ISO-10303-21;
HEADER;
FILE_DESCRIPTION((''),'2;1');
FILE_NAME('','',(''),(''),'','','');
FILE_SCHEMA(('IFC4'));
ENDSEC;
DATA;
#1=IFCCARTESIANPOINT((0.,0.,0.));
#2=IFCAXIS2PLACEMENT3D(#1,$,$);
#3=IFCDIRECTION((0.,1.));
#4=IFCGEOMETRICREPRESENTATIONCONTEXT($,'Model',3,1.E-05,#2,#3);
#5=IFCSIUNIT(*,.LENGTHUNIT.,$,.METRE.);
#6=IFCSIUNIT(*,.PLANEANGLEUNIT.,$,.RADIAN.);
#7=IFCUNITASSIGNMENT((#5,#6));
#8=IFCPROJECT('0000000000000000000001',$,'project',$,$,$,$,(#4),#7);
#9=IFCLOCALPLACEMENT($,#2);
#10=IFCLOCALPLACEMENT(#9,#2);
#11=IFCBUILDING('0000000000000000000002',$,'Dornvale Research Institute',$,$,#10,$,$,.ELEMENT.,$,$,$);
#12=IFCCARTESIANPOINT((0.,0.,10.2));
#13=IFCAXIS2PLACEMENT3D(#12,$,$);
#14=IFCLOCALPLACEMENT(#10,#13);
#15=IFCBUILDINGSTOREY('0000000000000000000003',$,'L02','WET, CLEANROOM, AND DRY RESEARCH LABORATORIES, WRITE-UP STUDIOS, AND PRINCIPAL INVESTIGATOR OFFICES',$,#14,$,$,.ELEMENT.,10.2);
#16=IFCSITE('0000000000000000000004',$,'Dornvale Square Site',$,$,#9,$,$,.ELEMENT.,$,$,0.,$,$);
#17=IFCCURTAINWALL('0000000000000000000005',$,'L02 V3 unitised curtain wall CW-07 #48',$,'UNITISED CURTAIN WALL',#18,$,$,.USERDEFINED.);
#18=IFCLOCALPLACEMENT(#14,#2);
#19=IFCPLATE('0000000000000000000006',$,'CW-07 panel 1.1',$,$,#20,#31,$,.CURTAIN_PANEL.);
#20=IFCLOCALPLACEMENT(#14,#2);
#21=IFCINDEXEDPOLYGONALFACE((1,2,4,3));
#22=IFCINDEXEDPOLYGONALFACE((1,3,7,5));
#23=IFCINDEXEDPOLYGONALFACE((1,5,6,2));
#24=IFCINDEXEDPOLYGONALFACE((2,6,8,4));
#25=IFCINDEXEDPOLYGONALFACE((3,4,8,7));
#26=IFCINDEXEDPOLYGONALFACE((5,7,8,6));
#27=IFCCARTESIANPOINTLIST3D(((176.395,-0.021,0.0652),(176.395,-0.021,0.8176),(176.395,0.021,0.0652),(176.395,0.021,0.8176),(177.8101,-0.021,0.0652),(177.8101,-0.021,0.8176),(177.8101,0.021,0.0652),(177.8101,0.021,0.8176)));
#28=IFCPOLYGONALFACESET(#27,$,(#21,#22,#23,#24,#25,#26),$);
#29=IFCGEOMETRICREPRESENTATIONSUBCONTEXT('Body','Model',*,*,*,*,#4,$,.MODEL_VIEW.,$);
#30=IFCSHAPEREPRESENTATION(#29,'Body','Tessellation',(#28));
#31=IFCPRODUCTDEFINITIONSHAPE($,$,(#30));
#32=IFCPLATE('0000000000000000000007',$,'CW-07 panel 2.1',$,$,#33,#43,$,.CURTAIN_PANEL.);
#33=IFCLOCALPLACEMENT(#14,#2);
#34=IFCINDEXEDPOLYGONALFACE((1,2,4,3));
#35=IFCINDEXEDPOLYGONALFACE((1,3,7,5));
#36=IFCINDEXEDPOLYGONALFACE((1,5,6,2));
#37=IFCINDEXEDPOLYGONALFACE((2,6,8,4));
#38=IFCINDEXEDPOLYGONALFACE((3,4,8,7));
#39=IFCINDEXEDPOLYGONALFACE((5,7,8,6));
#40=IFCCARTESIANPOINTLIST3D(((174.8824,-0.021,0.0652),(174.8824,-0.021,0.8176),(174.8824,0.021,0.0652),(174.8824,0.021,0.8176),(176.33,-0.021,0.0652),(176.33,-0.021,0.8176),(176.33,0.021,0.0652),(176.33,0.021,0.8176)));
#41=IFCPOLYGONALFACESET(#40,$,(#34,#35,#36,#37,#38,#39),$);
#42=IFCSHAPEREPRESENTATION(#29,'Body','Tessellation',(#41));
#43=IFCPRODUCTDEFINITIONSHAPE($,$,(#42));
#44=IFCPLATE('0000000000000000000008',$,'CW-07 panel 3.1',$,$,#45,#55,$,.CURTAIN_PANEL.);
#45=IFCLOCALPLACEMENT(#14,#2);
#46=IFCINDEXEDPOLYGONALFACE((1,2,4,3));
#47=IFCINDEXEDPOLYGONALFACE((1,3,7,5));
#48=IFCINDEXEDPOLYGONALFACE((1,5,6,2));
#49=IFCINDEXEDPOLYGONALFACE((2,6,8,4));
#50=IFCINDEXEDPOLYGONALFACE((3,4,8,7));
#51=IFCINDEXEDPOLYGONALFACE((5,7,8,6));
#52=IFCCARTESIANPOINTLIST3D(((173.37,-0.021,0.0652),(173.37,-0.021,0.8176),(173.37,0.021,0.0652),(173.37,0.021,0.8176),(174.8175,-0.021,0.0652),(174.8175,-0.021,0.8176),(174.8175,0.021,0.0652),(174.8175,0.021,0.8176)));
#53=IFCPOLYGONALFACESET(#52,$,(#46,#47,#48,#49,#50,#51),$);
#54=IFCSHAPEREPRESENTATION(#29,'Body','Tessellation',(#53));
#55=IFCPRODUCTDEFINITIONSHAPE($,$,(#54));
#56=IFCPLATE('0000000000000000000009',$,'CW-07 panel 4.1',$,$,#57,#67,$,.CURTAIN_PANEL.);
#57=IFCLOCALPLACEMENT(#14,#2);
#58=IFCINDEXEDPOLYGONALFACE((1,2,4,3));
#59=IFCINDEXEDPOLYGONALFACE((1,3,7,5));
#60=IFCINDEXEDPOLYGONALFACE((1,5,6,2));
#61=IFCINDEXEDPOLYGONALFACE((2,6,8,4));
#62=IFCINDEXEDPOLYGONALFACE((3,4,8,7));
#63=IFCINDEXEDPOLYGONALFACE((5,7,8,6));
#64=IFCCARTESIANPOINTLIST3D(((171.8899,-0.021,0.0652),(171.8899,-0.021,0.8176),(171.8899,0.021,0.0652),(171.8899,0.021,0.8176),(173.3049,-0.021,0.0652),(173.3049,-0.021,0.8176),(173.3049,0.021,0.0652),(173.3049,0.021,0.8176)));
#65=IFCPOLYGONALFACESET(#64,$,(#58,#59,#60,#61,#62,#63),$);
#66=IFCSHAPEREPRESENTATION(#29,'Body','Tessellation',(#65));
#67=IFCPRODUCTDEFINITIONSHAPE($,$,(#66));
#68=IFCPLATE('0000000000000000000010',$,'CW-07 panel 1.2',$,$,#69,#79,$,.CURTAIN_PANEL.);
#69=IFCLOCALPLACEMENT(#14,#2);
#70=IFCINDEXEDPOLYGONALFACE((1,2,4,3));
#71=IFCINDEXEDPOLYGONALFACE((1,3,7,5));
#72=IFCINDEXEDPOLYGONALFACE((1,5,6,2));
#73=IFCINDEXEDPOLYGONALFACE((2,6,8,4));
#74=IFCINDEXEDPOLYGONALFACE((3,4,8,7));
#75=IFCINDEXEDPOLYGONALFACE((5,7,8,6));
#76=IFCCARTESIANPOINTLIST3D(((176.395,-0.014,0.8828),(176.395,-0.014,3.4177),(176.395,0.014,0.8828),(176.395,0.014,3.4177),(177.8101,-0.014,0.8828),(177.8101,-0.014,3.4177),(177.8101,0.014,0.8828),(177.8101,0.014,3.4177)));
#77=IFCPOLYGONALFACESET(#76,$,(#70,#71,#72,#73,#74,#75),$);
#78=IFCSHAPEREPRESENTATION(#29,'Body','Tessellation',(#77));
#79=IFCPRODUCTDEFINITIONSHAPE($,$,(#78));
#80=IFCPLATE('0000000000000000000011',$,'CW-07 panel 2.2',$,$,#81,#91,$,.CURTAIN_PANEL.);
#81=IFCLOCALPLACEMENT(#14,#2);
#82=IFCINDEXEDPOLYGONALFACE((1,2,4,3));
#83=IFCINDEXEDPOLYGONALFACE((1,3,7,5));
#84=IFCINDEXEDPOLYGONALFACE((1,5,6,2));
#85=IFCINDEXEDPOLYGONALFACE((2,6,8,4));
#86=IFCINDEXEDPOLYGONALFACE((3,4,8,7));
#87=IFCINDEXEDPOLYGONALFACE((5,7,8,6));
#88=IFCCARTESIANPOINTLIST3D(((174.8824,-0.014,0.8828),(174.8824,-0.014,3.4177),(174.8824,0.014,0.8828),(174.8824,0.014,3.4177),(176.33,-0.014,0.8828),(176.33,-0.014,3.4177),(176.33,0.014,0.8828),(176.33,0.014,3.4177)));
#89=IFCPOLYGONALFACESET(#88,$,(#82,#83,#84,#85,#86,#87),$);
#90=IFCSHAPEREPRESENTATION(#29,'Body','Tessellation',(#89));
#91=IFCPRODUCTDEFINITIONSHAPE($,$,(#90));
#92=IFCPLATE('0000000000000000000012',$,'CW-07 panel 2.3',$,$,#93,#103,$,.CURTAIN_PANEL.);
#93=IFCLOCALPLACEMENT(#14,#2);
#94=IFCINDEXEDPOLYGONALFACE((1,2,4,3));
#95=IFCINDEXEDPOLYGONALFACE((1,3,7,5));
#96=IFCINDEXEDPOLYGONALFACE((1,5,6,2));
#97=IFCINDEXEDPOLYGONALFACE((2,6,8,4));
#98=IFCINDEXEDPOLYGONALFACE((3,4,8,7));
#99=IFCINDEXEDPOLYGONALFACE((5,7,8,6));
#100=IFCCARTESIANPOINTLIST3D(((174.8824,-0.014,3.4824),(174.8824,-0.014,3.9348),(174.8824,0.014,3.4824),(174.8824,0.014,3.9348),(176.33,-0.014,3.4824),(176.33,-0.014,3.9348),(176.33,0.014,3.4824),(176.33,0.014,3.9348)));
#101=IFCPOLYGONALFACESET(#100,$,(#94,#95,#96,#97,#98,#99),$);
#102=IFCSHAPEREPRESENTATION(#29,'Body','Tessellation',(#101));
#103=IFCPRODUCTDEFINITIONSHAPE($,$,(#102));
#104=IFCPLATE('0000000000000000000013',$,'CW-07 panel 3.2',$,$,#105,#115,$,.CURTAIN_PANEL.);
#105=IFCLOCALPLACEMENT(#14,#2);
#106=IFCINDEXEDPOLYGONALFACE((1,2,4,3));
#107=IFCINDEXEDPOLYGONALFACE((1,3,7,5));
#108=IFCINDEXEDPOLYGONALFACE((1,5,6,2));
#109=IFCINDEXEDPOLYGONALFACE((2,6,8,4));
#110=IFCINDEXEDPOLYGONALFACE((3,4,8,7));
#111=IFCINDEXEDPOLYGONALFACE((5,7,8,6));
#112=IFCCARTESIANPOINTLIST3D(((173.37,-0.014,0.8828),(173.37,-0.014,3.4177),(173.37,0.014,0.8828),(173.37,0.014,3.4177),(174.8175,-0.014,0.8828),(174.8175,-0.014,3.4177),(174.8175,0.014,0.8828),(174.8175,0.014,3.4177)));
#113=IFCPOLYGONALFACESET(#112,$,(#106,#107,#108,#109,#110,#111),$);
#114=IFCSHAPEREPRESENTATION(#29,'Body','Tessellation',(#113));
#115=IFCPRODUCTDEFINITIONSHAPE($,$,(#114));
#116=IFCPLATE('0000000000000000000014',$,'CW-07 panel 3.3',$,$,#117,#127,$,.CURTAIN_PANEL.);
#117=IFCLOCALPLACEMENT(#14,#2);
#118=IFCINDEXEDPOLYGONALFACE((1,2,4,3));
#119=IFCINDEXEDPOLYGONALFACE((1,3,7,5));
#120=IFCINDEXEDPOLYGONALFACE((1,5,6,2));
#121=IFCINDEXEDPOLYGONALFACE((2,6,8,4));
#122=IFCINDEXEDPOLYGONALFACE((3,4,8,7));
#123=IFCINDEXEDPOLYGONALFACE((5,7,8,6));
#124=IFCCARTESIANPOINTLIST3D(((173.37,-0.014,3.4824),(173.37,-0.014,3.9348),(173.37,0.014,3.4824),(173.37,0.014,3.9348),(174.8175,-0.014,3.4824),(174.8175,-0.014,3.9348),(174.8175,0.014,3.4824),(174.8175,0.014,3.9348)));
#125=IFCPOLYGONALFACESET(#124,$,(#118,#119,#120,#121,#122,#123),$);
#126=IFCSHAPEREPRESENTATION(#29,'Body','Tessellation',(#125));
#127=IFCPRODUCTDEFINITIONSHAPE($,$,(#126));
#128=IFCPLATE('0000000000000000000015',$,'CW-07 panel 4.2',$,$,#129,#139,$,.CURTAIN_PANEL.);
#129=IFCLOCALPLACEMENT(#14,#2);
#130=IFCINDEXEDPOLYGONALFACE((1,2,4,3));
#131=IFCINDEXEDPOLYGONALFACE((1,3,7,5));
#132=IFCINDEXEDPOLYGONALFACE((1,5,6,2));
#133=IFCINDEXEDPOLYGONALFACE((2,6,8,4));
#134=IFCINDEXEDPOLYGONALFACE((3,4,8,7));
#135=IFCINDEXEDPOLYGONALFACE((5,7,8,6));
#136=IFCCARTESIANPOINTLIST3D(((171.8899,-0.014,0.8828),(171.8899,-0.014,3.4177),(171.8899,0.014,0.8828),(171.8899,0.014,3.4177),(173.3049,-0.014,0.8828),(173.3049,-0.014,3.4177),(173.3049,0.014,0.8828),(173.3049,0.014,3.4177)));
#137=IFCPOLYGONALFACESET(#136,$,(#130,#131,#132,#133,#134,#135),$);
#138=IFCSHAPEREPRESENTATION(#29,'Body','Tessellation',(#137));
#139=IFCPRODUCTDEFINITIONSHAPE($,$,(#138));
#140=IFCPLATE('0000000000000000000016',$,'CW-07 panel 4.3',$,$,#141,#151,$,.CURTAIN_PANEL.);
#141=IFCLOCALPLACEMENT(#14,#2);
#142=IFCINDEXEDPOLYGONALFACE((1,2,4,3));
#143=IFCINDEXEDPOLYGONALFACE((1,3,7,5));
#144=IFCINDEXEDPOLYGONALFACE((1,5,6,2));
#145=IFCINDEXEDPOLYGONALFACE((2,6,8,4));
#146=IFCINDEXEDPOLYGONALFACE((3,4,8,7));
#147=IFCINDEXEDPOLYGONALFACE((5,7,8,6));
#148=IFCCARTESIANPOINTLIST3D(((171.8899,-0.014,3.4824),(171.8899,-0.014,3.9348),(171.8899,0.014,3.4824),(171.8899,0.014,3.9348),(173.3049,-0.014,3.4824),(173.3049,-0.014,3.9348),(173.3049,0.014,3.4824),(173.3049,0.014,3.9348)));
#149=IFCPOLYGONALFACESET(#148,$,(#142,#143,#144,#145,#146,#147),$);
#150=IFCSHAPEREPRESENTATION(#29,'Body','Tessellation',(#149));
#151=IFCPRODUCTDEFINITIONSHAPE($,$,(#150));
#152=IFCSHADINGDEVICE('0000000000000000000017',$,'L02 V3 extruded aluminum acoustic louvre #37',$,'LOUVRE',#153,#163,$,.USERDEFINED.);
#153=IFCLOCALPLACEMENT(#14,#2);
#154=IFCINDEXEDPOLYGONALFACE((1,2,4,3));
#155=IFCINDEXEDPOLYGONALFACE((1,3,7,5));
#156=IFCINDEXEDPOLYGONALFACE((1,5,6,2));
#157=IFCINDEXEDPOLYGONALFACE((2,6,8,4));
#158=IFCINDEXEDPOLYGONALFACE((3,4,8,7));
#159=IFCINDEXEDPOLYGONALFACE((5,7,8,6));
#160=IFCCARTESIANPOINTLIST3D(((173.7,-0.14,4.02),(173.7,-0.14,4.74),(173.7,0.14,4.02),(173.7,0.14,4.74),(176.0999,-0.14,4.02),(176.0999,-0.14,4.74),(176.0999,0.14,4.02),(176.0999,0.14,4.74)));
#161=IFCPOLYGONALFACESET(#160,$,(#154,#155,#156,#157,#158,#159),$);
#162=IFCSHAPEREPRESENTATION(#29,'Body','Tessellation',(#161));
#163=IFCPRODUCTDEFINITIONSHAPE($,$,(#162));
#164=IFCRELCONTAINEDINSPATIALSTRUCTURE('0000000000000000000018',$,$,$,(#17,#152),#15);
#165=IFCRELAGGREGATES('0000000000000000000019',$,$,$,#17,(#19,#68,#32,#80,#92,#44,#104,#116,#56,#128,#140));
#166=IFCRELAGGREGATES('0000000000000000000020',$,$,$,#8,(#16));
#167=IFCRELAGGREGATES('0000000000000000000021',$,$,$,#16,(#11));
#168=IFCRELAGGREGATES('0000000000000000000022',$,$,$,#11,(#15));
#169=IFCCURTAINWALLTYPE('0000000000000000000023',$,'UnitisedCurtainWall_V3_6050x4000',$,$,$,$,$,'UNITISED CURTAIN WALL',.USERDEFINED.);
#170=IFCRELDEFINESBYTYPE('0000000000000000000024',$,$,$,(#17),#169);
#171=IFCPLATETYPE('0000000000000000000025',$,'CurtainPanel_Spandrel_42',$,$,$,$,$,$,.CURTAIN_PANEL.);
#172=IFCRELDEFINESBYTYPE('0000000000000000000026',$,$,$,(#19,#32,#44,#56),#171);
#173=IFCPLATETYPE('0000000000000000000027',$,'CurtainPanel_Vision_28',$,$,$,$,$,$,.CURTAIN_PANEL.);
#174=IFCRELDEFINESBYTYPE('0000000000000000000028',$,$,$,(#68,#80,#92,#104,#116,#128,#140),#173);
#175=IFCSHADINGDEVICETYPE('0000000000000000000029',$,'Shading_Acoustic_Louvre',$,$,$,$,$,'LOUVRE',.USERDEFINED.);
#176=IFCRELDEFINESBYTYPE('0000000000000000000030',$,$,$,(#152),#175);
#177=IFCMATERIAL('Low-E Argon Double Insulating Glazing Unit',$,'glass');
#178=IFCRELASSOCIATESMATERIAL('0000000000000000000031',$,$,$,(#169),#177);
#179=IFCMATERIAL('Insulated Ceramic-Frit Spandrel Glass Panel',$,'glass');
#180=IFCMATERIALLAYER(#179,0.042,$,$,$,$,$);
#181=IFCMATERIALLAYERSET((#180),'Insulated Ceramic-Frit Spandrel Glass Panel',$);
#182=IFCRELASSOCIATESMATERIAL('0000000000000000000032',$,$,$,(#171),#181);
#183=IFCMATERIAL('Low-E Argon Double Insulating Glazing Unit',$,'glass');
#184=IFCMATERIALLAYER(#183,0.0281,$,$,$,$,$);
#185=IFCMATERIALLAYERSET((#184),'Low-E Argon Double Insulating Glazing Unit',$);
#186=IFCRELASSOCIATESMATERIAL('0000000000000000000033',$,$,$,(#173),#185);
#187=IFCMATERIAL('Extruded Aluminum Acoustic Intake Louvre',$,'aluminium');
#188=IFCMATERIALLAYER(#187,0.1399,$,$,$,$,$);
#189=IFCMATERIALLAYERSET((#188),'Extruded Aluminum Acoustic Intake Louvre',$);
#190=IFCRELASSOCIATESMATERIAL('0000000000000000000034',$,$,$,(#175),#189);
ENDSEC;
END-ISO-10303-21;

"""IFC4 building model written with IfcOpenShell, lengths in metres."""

from ifc_helpers import new_model, si_unit, direction, frame, origin, origin_2d, place, context, subcontext, project, spatial, rectangle, extrude, material, layer, layer_set, type_object, element, aggregate, save


model = new_model("IFC4")

# Units and contexts
model_context = context("Model", 3, precision=1e-05, world=origin(), true_north=direction((0.0, 1.0)))
body_context = subcontext(model_context, "Body", "Model", "MODEL_VIEW")
ifc_project = project(units=[si_unit("LENGTHUNIT", "METRE"), si_unit("PLANEANGLEUNIT", "RADIAN")], contexts=[model_context])

# Site, building, storey
site_placement = place(None, origin())
site = spatial("IfcSite", under=ifc_project, at=site_placement, Name="Dornvale Square Site", CompositionType="ELEMENT", RefElevation=0.0)
building_placement = place(site_placement, origin())
building = spatial("IfcBuilding", under=site, at=building_placement, Name="Dornvale Research Institute", CompositionType="ELEMENT")
storey_placement = place(building_placement, frame((0.0, 0.0, 10.2)))
storey = spatial("IfcBuildingStorey", under=building, at=storey_placement, Name="L02", Description="WET, CLEANROOM, AND DRY RESEARCH LABORATORIES, WRITE-UP STUDIOS, AND PRINCIPAL INVESTIGATOR OFFICES", CompositionType="ELEMENT", Elevation=10.2)

# Curtain wall, plates
ifc_material_1 = material(Name="Low-E Argon Double Insulating Glazing Unit", Category="glass")
curtain_wall_type = type_object("IfcCurtainWallType", Name="UnitisedCurtainWall_V3_6050x4000", ElementType="UNITISED CURTAIN WALL", PredefinedType="USERDEFINED", material=ifc_material_1)
curtain_wall_placement = place(storey_placement, origin())
curtain_wall = element("IfcCurtainWall", 1, at=curtain_wall_placement, inside=storey, type_object=curtain_wall_type, Name="L02 V3 unitised curtain wall CW-07 #48", ObjectType="UNITISED CURTAIN WALL", PredefinedType="USERDEFINED")
ifc_material_2 = material(Name="Insulated Ceramic-Frit Spandrel Glass Panel", Category="glass")
ifc_layer_1 = layer(ifc_material_2, 0.042)
ifc_layer_set_1 = layer_set([ifc_layer_1], Name="Insulated Ceramic-Frit Spandrel Glass Panel")
plate_type_1 = type_object("IfcPlateType", Name="CurtainPanel_Spandrel_42", PredefinedType="CURTAIN_PANEL", material=ifc_layer_set_1)
plate_1_placement = place(storey_placement, frame((177.1025, 0.0, 0.0652), z_axis=(0.0, 0.0, 1.0), x_axis=(-1.0, 0.0, 0.0)))
plate_1 = element("IfcPlate", 2, at=plate_1_placement, type_object=plate_type_1, Name="CW-07 panel 1.1", PredefinedType="CURTAIN_PANEL", context=body_context, shape_type="SweptSolid", body=[
    extrude(rectangle(XDim=1.415, YDim=0.042, at=origin_2d()), origin(), (0.0, 0.0, 1.0), 0.7524),
])
plate_2_placement = place(storey_placement, frame((175.6062, 0.0, 0.0652), z_axis=(0.0, 0.0, 1.0), x_axis=(-1.0, 0.0, 0.0)))
plate_2 = element("IfcPlate", 3, at=plate_2_placement, type_object=plate_type_1, Name="CW-07 panel 2.1", PredefinedType="CURTAIN_PANEL", context=body_context, shape_type="SweptSolid", body=[
    extrude(rectangle(XDim=1.4475, YDim=0.042, at=origin_2d()), origin(), (0.0, 0.0, 1.0), 0.7524),
])
plate_3_placement = place(storey_placement, frame((174.0938, 0.0, 0.0652), z_axis=(0.0, 0.0, 1.0), x_axis=(-1.0, 0.0, 0.0)))
plate_3 = element("IfcPlate", 4, at=plate_3_placement, type_object=plate_type_1, Name="CW-07 panel 3.1", PredefinedType="CURTAIN_PANEL", context=body_context, shape_type="SweptSolid", body=[
    extrude(rectangle(XDim=1.4475, YDim=0.042, at=origin_2d()), origin(), (0.0, 0.0, 1.0), 0.7524),
])
plate_4_placement = place(storey_placement, frame((172.5974, 0.0, 0.0652), z_axis=(0.0, 0.0, 1.0), x_axis=(-1.0, 0.0, 0.0)))
plate_4 = element("IfcPlate", 5, at=plate_4_placement, type_object=plate_type_1, Name="CW-07 panel 4.1", PredefinedType="CURTAIN_PANEL", context=body_context, shape_type="SweptSolid", body=[
    extrude(rectangle(XDim=1.415, YDim=0.042, at=origin_2d()), origin(), (0.0, 0.0, 1.0), 0.7524),
])
ifc_material_3 = material(Name="Low-E Argon Double Insulating Glazing Unit", Category="glass")
ifc_layer_2 = layer(ifc_material_3, 0.0281)
ifc_layer_set_2 = layer_set([ifc_layer_2], Name="Low-E Argon Double Insulating Glazing Unit")
plate_type_2 = type_object("IfcPlateType", Name="CurtainPanel_Vision_28", PredefinedType="CURTAIN_PANEL", material=ifc_layer_set_2)
plate_5_placement = place(storey_placement, frame((177.1025, 0.0, 0.8828), z_axis=(0.0, 0.0, 1.0), x_axis=(-1.0, 0.0, 0.0)))
plate_5 = element("IfcPlate", 6, at=plate_5_placement, type_object=plate_type_2, Name="CW-07 panel 1.2", PredefinedType="CURTAIN_PANEL", context=body_context, shape_type="SweptSolid", body=[
    extrude(rectangle(XDim=1.415, YDim=0.0281, at=origin_2d()), origin(), (0.0, 0.0, 1.0), 2.5349),
])
plate_6_placement = place(storey_placement, frame((175.6062, 0.0, 0.8828), z_axis=(0.0, 0.0, 1.0), x_axis=(-1.0, 0.0, 0.0)))
plate_6 = element("IfcPlate", 7, at=plate_6_placement, type_object=plate_type_2, Name="CW-07 panel 2.2", PredefinedType="CURTAIN_PANEL", context=body_context, shape_type="SweptSolid", body=[
    extrude(rectangle(XDim=1.4475, YDim=0.0281, at=origin_2d()), origin(), (0.0, 0.0, 1.0), 2.5349),
])
plate_7_placement = place(storey_placement, frame((175.6062, 0.0, 3.4824), z_axis=(0.0, 0.0, 1.0), x_axis=(-1.0, 0.0, 0.0)))
plate_7 = element("IfcPlate", 8, at=plate_7_placement, type_object=plate_type_2, Name="CW-07 panel 2.3", PredefinedType="CURTAIN_PANEL", context=body_context, shape_type="SweptSolid", body=[
    extrude(rectangle(XDim=1.4475, YDim=0.0281, at=origin_2d()), origin(), (0.0, 0.0, 1.0), 0.4524),
])
plate_8_placement = place(storey_placement, frame((174.0938, 0.0, 0.8828), z_axis=(0.0, 0.0, 1.0), x_axis=(-1.0, 0.0, 0.0)))
plate_8 = element("IfcPlate", 9, at=plate_8_placement, type_object=plate_type_2, Name="CW-07 panel 3.2", PredefinedType="CURTAIN_PANEL", context=body_context, shape_type="SweptSolid", body=[
    extrude(rectangle(XDim=1.4475, YDim=0.0281, at=origin_2d()), origin(), (0.0, 0.0, 1.0), 2.5349),
])
plate_9_placement = place(storey_placement, frame((174.0938, 0.0, 3.4824), z_axis=(0.0, 0.0, 1.0), x_axis=(-1.0, 0.0, 0.0)))
plate_9 = element("IfcPlate", 10, at=plate_9_placement, type_object=plate_type_2, Name="CW-07 panel 3.3", PredefinedType="CURTAIN_PANEL", context=body_context, shape_type="SweptSolid", body=[
    extrude(rectangle(XDim=1.4475, YDim=0.0281, at=origin_2d()), origin(), (0.0, 0.0, 1.0), 0.4524),
])
plate_10_placement = place(storey_placement, frame((172.5974, 0.0, 0.8828), z_axis=(0.0, 0.0, 1.0), x_axis=(-1.0, 0.0, 0.0)))
plate_10 = element("IfcPlate", 11, at=plate_10_placement, type_object=plate_type_2, Name="CW-07 panel 4.2", PredefinedType="CURTAIN_PANEL", context=body_context, shape_type="SweptSolid", body=[
    extrude(rectangle(XDim=1.415, YDim=0.0281, at=origin_2d()), origin(), (0.0, 0.0, 1.0), 2.5349),
])
plate_11_placement = place(storey_placement, frame((172.5974, 0.0, 3.4824), z_axis=(0.0, 0.0, 1.0), x_axis=(-1.0, 0.0, 0.0)))
plate_11 = element("IfcPlate", 12, at=plate_11_placement, type_object=plate_type_2, Name="CW-07 panel 4.3", PredefinedType="CURTAIN_PANEL", context=body_context, shape_type="SweptSolid", body=[
    extrude(rectangle(XDim=1.415, YDim=0.0281, at=origin_2d()), origin(), (0.0, 0.0, 1.0), 0.4524),
])
aggregate(curtain_wall, [plate_1, plate_5, plate_2, plate_6, plate_7, plate_3, plate_8, plate_9, plate_4, plate_10, plate_11])

# Shading device
ifc_material_4 = material(Name="Extruded Aluminum Acoustic Intake Louvre", Category="aluminium")
ifc_layer_3 = layer(ifc_material_4, 0.1399)
ifc_layer_set_3 = layer_set([ifc_layer_3], Name="Extruded Aluminum Acoustic Intake Louvre")
shading_device_type = type_object("IfcShadingDeviceType", Name="Shading_Acoustic_Louvre", ElementType="LOUVRE", PredefinedType="USERDEFINED", material=ifc_layer_set_3)
shading_device_placement = place(storey_placement, frame((174.8999, 0.0, 4.02), z_axis=(0.0, 0.0, 1.0), x_axis=(1.0, 0.0, 0.0)))
element("IfcShadingDevice", 13, at=shading_device_placement, inside=storey, type_object=shading_device_type, Name="L02 V3 extruded aluminum acoustic louvre #37", ObjectType="LOUVRE", PredefinedType="USERDEFINED", context=body_context, shape_type="SweptSolid", body=[
    extrude(rectangle(XDim=2.3999, YDim=0.28, at=origin_2d()), origin(), (0.0, 0.0, 1.0), 0.72),
])

save(model, "model.ifc")
